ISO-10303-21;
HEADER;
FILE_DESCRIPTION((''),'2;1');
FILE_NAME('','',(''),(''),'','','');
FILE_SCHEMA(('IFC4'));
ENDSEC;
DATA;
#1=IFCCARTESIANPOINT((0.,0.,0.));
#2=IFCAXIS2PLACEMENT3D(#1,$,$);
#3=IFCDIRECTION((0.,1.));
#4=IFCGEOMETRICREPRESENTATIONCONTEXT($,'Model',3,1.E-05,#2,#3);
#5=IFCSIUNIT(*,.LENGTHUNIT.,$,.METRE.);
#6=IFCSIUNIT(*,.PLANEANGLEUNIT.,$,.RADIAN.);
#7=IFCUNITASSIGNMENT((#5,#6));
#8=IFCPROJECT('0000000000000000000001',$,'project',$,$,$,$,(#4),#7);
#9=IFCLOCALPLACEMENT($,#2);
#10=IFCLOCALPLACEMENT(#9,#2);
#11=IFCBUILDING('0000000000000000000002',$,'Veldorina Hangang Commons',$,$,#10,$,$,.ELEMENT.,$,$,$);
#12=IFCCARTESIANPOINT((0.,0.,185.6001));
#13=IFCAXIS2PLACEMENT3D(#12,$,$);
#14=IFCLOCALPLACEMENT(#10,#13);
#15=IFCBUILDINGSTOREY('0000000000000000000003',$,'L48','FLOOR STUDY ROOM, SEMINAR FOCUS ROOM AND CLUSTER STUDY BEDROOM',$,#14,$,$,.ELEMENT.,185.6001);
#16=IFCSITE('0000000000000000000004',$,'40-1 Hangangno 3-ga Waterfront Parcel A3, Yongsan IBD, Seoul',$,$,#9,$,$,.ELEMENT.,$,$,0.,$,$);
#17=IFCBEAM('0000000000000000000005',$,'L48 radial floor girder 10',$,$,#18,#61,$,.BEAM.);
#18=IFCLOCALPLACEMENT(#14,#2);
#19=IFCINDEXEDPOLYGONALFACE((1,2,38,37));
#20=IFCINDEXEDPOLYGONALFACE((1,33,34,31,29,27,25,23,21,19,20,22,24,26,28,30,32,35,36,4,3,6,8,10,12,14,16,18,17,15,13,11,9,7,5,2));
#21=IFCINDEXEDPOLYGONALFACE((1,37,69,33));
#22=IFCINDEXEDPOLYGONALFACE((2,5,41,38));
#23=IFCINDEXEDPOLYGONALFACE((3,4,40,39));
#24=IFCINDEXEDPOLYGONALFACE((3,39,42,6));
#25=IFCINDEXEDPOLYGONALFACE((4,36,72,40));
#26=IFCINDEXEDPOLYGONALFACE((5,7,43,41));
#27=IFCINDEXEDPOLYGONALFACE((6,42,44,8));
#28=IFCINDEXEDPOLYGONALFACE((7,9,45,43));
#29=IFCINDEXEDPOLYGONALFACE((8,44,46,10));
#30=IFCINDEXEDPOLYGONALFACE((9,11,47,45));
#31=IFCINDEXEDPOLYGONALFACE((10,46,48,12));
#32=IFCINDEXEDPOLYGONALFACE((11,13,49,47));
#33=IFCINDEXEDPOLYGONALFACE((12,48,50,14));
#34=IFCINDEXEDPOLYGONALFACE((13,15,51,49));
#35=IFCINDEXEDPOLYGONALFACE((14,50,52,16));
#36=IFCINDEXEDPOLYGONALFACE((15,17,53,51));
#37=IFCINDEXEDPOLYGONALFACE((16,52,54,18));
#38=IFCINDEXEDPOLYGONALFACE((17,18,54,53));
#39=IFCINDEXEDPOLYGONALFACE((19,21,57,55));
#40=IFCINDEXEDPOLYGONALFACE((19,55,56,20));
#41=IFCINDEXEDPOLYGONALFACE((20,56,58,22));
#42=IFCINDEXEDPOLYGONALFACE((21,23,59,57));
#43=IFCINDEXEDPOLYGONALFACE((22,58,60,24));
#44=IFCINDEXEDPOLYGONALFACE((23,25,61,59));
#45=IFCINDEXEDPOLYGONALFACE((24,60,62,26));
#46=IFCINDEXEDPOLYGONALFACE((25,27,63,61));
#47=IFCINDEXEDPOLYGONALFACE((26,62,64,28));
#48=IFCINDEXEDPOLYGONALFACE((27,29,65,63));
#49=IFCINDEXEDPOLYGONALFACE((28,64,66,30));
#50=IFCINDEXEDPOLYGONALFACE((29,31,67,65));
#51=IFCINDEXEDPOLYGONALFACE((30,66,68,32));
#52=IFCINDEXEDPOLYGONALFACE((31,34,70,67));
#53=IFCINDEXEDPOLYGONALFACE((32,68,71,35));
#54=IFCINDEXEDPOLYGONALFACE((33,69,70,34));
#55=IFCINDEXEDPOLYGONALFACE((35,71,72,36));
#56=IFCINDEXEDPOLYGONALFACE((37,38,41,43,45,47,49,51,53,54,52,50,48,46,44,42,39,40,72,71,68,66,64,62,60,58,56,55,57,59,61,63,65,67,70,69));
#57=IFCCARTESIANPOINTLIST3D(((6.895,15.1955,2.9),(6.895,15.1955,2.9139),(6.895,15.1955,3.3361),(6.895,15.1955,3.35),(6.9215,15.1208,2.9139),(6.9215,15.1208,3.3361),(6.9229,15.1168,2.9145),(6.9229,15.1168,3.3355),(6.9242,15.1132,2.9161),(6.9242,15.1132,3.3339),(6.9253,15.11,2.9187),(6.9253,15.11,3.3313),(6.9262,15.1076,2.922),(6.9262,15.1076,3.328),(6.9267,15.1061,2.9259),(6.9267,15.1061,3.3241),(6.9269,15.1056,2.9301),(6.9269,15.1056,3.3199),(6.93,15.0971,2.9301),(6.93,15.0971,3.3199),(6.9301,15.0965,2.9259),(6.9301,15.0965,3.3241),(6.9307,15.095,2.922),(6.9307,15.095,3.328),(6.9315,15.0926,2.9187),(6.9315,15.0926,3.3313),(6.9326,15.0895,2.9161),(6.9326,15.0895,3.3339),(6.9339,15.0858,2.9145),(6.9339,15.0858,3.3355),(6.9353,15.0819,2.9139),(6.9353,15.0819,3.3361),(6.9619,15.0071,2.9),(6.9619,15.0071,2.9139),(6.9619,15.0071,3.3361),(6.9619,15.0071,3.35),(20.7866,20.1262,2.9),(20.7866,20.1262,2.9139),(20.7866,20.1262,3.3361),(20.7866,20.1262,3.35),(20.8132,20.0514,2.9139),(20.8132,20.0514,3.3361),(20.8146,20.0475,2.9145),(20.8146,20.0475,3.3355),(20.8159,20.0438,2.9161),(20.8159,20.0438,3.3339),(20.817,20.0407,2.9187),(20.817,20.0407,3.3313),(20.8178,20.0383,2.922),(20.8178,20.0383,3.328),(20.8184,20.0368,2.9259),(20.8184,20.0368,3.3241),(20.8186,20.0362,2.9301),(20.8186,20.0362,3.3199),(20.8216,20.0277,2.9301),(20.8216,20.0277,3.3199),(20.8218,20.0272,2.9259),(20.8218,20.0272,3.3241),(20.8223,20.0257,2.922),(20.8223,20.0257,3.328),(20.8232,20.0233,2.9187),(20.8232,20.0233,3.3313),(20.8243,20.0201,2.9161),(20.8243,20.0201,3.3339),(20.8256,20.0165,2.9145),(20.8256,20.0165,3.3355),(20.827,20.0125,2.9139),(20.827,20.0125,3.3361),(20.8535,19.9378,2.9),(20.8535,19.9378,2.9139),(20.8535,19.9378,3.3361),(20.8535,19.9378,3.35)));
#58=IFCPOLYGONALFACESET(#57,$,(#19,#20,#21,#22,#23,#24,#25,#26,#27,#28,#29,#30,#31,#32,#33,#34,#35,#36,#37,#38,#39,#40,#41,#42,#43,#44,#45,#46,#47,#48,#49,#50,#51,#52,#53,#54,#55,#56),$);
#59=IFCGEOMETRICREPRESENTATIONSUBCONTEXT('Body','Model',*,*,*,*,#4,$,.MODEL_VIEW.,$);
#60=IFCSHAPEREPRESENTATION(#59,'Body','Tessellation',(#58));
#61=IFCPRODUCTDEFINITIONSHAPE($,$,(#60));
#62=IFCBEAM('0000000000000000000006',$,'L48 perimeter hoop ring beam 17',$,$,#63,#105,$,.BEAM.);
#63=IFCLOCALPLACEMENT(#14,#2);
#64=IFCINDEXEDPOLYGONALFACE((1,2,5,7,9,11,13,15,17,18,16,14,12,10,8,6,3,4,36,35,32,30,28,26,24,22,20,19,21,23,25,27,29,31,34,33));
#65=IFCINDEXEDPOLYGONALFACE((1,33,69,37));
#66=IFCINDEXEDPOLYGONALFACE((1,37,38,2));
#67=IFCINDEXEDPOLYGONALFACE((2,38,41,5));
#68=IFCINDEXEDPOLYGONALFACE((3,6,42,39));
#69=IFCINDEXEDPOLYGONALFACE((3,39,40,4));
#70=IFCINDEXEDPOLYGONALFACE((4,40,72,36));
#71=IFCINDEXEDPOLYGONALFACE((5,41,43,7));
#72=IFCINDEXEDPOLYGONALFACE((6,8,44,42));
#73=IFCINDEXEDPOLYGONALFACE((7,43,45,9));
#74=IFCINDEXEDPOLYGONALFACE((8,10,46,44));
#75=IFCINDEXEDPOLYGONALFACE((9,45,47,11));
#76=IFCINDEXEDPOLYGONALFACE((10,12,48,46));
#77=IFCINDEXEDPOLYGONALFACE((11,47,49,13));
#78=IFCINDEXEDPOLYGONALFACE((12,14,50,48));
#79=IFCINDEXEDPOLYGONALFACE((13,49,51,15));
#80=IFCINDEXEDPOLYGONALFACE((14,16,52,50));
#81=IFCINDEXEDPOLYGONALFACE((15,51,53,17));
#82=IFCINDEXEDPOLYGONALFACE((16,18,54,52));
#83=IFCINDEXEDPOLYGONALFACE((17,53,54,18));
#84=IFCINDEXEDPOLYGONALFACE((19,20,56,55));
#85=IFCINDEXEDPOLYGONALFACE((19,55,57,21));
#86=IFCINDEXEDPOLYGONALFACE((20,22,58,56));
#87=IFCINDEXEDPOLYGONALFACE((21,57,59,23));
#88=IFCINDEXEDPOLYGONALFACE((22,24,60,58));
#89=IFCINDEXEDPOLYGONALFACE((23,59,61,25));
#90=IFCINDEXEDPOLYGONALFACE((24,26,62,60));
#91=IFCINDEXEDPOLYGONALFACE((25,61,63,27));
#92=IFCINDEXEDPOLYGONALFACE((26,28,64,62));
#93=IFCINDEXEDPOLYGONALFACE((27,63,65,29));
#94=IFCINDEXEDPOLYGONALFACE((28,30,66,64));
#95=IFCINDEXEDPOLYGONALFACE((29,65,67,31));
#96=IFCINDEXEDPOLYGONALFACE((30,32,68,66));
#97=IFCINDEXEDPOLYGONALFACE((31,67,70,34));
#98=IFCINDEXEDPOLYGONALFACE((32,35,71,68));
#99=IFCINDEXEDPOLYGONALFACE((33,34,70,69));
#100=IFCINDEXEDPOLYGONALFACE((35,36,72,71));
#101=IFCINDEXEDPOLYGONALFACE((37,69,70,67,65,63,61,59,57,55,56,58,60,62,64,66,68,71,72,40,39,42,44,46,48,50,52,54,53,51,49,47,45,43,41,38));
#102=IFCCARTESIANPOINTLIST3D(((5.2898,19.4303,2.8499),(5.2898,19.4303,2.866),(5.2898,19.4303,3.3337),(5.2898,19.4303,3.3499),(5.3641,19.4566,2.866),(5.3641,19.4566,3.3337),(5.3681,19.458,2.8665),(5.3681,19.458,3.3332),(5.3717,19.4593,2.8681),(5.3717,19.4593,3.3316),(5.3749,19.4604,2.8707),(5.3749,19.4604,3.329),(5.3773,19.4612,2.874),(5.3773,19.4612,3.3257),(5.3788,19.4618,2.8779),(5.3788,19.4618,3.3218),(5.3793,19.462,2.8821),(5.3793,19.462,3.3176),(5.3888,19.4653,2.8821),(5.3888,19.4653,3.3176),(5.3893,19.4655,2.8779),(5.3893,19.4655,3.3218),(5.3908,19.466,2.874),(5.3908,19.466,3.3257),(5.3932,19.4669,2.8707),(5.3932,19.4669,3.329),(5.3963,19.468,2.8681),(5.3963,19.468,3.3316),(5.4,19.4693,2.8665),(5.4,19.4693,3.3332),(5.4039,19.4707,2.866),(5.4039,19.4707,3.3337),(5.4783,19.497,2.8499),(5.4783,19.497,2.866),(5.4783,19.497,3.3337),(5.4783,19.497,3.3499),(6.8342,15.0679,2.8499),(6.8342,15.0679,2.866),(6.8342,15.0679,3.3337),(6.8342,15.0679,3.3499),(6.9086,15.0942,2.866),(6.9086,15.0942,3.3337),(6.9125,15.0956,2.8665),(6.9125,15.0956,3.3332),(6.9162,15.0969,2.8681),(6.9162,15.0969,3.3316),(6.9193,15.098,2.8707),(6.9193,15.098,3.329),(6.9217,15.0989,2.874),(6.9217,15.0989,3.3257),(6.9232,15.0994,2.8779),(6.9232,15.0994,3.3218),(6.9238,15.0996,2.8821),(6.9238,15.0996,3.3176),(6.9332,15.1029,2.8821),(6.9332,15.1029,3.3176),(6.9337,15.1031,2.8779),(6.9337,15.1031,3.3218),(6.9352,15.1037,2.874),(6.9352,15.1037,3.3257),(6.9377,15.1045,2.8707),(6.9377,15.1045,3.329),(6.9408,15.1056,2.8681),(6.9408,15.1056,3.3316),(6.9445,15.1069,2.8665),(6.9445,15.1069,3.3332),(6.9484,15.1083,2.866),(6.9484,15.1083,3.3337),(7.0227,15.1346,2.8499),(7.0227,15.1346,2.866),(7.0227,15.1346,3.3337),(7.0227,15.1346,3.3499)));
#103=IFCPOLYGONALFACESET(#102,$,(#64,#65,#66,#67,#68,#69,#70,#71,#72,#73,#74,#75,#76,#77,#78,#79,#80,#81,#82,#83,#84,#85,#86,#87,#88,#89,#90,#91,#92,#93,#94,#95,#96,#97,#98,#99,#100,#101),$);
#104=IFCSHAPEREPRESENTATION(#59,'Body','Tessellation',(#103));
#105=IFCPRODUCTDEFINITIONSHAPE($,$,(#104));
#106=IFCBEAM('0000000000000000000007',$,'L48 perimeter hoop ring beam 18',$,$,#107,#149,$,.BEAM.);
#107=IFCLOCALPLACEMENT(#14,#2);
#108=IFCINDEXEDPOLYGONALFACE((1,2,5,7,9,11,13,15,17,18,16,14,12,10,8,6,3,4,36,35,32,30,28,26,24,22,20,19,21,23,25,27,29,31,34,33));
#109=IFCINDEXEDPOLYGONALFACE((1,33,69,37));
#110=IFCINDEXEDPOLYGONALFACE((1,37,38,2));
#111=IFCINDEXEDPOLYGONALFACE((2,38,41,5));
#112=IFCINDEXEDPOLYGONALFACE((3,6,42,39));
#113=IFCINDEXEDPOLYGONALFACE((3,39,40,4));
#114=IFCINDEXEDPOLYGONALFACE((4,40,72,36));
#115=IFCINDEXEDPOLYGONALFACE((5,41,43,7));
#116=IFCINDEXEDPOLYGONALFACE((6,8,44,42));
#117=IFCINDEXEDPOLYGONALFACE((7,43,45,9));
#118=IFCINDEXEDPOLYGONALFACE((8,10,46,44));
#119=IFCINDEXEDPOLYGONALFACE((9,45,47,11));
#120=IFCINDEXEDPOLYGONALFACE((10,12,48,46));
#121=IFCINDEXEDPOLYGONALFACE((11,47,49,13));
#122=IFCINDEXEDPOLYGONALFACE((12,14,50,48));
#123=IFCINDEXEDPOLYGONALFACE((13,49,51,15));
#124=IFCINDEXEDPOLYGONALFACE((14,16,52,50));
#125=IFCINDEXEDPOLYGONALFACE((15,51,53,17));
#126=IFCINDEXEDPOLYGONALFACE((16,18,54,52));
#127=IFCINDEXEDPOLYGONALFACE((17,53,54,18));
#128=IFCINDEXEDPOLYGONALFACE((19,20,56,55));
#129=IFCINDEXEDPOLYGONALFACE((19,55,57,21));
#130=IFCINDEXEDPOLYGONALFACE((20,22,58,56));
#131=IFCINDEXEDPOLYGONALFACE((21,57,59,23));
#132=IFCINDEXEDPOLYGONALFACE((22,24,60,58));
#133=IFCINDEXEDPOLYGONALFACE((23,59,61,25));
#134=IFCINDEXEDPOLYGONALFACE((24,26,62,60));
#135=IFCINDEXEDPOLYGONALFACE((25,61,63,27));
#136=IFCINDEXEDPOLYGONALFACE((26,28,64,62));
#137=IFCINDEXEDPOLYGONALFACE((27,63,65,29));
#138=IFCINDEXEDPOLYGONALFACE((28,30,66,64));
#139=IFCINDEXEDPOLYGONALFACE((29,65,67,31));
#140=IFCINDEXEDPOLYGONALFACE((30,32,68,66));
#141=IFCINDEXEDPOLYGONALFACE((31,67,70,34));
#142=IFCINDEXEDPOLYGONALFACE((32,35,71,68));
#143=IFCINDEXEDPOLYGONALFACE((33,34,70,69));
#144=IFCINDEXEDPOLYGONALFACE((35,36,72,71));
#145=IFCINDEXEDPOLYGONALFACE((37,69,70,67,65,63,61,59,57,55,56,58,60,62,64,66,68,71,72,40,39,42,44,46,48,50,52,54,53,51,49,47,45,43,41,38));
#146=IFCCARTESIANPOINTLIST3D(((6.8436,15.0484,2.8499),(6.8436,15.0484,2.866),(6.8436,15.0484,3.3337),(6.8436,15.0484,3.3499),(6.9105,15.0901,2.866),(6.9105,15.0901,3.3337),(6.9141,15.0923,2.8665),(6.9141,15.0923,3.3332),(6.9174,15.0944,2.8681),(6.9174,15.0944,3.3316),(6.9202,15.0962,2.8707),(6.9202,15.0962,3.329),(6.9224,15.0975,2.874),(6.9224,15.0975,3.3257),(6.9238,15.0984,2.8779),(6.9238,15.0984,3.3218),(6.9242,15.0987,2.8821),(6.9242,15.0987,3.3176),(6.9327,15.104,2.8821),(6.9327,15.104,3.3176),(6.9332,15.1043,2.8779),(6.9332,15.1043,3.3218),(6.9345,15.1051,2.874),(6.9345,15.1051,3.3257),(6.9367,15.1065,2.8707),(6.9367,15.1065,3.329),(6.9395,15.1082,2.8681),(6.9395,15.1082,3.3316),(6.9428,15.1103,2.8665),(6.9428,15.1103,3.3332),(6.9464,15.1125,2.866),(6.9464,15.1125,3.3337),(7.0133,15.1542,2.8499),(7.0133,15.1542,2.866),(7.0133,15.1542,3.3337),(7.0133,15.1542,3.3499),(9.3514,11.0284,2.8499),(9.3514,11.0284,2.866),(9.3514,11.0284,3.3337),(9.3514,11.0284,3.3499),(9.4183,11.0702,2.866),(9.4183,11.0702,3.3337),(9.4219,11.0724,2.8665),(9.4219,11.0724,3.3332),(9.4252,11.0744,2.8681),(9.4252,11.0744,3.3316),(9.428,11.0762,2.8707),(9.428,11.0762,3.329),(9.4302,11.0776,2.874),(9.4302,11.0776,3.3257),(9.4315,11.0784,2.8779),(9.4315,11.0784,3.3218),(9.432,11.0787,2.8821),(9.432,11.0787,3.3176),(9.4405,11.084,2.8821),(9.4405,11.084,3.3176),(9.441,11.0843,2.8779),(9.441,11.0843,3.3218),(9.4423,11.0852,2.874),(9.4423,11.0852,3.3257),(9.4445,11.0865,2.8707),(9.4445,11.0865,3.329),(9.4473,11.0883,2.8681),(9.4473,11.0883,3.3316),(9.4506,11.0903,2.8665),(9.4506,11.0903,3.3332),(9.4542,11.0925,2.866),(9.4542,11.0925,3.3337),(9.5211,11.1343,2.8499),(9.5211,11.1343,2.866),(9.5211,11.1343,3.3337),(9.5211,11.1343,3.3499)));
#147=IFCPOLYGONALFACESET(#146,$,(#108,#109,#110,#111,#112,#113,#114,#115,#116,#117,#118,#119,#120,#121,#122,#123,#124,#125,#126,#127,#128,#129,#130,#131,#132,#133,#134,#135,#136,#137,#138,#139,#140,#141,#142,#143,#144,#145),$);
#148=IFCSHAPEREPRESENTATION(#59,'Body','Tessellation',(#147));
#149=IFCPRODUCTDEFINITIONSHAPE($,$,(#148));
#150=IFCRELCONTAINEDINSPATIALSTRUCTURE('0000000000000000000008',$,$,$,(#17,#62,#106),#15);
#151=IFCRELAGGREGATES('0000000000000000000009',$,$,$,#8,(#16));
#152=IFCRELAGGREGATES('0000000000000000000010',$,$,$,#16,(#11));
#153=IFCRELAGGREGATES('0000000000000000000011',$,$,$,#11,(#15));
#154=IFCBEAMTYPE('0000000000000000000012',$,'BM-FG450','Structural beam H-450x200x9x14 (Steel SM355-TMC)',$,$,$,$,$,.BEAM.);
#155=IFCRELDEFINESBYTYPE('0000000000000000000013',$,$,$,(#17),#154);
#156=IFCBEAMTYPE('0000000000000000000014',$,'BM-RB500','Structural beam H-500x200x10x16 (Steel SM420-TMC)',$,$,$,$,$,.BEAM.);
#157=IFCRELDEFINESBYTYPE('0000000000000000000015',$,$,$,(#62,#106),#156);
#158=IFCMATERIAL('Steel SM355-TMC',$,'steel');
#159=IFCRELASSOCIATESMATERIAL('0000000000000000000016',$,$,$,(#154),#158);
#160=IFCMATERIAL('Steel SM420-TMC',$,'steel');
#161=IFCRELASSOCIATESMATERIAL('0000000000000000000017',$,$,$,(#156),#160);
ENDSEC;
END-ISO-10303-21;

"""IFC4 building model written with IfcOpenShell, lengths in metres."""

from ifc_helpers import new_model, si_unit, direction, frame, origin, origin_2d, place, context, subcontext, project, spatial, i_section, extrude, material, material_profile, profile_set, type_object, element, save


model = new_model("IFC4")

# Units and contexts
model_context = context("Model", 3, precision=1e-05, world=origin(), true_north=direction((0.0, 1.0)))
body_context = subcontext(model_context, "Body", "Model", "MODEL_VIEW")
ifc_project = project(units=[si_unit("LENGTHUNIT", "METRE"), si_unit("PLANEANGLEUNIT", "RADIAN")], contexts=[model_context])

# Site, building, storey
site_placement = place(None, origin())
site = spatial("IfcSite", under=ifc_project, at=site_placement, Name="40-1 Hangangno 3-ga Waterfront Parcel A3, Yongsan IBD, Seoul", CompositionType="ELEMENT", RefElevation=0.0)
building_placement = place(site_placement, origin())
building = spatial("IfcBuilding", under=site, at=building_placement, Name="Veldorina Hangang Commons", CompositionType="ELEMENT")
storey_placement = place(building_placement, frame((0.0, 0.0, 185.6001)))
storey = spatial("IfcBuildingStorey", under=building, at=storey_placement, Name="L48", Description="FLOOR STUDY ROOM, SEMINAR FOCUS ROOM AND CLUSTER STUDY BEDROOM", CompositionType="ELEMENT", Elevation=185.6001)

# Beams
ifc_material_1 = material(Name="Steel SM355-TMC", Category="steel")
ifc_material_profile_1 = material_profile(ifc_material_1, i_section(OverallWidth=0.2, OverallDepth=0.45, WebThickness=0.009, FlangeThickness=0.0139, FilletRadius=0.0161, at=origin_2d()), Name="H-450x200x9x14")
ifc_profile_set_1 = profile_set([ifc_material_profile_1], Name="Steel SM355-TMC")
beam_type_1 = type_object("IfcBeamType", Name="BM-FG450", Description="Structural beam H-450x200x9x14 (Steel SM355-TMC)", PredefinedType="BEAM", material=ifc_profile_set_1)
beam_1_placement = place(storey_placement, frame((20.8201, 20.032, 3.125), z_axis=(-0.942398, -0.334493, 0.0), x_axis=(0.334493, -0.942398, 0.0)))
element("IfcBeam", 1, at=beam_1_placement, inside=storey, type_object=beam_type_1, Name="L48 radial floor girder 10", PredefinedType="BEAM", context=body_context, shape_type="SweptSolid", body=[
    extrude(i_section(OverallWidth=0.2, OverallDepth=0.45, WebThickness=0.009, FlangeThickness=0.0139, FilletRadius=0.0161, at=origin_2d()), origin(), (0.0, 0.0, 1.0), 14.7407),
])
ifc_material_2 = material(Name="Steel SM420-TMC", Category="steel")
ifc_material_profile_2 = material_profile(ifc_material_2, i_section(OverallWidth=0.2, OverallDepth=0.5, WebThickness=0.01, FlangeThickness=0.0161, FilletRadius=0.0161, at=origin_2d()), Name="H-500x200x10x16")
ifc_profile_set_2 = profile_set([ifc_material_profile_2], Name="Steel SM420-TMC")
beam_type_2 = type_object("IfcBeamType", Name="BM-RB500", Description="Structural beam H-500x200x10x16 (Steel SM420-TMC)", PredefinedType="BEAM", material=ifc_profile_set_2)
beam_2_placement = place(storey_placement, frame((5.384, 19.4636, 3.0999), z_axis=(0.333742, -0.942665, 0.0), x_axis=(0.942665, 0.333742, 0.0)))
element("IfcBeam", 2, at=beam_2_placement, inside=storey, type_object=beam_type_2, Name="L48 perimeter hoop ring beam 17", PredefinedType="BEAM", context=body_context, shape_type="SweptSolid", body=[
    extrude(i_section(OverallWidth=0.2, OverallDepth=0.5, WebThickness=0.01, FlangeThickness=0.0161, FilletRadius=0.0161, at=origin_2d()), origin(), (0.0, 0.0, 1.0), 4.6277),
])
beam_3_placement = place(storey_placement, frame((6.9285, 15.1013, 3.0999), z_axis=(0.529285, -0.848444, 0.0), x_axis=(0.848444, 0.529285, 0.0)))
element("IfcBeam", 3, at=beam_3_placement, inside=storey, type_object=beam_type_2, Name="L48 perimeter hoop ring beam 18", PredefinedType="BEAM", context=body_context, shape_type="SweptSolid", body=[
    extrude(i_section(OverallWidth=0.2, OverallDepth=0.5, WebThickness=0.01, FlangeThickness=0.0161, FilletRadius=0.0161, at=origin_2d()), origin(), (0.0, 0.0, 1.0), 4.738),
])

save(model, "model.ifc")
